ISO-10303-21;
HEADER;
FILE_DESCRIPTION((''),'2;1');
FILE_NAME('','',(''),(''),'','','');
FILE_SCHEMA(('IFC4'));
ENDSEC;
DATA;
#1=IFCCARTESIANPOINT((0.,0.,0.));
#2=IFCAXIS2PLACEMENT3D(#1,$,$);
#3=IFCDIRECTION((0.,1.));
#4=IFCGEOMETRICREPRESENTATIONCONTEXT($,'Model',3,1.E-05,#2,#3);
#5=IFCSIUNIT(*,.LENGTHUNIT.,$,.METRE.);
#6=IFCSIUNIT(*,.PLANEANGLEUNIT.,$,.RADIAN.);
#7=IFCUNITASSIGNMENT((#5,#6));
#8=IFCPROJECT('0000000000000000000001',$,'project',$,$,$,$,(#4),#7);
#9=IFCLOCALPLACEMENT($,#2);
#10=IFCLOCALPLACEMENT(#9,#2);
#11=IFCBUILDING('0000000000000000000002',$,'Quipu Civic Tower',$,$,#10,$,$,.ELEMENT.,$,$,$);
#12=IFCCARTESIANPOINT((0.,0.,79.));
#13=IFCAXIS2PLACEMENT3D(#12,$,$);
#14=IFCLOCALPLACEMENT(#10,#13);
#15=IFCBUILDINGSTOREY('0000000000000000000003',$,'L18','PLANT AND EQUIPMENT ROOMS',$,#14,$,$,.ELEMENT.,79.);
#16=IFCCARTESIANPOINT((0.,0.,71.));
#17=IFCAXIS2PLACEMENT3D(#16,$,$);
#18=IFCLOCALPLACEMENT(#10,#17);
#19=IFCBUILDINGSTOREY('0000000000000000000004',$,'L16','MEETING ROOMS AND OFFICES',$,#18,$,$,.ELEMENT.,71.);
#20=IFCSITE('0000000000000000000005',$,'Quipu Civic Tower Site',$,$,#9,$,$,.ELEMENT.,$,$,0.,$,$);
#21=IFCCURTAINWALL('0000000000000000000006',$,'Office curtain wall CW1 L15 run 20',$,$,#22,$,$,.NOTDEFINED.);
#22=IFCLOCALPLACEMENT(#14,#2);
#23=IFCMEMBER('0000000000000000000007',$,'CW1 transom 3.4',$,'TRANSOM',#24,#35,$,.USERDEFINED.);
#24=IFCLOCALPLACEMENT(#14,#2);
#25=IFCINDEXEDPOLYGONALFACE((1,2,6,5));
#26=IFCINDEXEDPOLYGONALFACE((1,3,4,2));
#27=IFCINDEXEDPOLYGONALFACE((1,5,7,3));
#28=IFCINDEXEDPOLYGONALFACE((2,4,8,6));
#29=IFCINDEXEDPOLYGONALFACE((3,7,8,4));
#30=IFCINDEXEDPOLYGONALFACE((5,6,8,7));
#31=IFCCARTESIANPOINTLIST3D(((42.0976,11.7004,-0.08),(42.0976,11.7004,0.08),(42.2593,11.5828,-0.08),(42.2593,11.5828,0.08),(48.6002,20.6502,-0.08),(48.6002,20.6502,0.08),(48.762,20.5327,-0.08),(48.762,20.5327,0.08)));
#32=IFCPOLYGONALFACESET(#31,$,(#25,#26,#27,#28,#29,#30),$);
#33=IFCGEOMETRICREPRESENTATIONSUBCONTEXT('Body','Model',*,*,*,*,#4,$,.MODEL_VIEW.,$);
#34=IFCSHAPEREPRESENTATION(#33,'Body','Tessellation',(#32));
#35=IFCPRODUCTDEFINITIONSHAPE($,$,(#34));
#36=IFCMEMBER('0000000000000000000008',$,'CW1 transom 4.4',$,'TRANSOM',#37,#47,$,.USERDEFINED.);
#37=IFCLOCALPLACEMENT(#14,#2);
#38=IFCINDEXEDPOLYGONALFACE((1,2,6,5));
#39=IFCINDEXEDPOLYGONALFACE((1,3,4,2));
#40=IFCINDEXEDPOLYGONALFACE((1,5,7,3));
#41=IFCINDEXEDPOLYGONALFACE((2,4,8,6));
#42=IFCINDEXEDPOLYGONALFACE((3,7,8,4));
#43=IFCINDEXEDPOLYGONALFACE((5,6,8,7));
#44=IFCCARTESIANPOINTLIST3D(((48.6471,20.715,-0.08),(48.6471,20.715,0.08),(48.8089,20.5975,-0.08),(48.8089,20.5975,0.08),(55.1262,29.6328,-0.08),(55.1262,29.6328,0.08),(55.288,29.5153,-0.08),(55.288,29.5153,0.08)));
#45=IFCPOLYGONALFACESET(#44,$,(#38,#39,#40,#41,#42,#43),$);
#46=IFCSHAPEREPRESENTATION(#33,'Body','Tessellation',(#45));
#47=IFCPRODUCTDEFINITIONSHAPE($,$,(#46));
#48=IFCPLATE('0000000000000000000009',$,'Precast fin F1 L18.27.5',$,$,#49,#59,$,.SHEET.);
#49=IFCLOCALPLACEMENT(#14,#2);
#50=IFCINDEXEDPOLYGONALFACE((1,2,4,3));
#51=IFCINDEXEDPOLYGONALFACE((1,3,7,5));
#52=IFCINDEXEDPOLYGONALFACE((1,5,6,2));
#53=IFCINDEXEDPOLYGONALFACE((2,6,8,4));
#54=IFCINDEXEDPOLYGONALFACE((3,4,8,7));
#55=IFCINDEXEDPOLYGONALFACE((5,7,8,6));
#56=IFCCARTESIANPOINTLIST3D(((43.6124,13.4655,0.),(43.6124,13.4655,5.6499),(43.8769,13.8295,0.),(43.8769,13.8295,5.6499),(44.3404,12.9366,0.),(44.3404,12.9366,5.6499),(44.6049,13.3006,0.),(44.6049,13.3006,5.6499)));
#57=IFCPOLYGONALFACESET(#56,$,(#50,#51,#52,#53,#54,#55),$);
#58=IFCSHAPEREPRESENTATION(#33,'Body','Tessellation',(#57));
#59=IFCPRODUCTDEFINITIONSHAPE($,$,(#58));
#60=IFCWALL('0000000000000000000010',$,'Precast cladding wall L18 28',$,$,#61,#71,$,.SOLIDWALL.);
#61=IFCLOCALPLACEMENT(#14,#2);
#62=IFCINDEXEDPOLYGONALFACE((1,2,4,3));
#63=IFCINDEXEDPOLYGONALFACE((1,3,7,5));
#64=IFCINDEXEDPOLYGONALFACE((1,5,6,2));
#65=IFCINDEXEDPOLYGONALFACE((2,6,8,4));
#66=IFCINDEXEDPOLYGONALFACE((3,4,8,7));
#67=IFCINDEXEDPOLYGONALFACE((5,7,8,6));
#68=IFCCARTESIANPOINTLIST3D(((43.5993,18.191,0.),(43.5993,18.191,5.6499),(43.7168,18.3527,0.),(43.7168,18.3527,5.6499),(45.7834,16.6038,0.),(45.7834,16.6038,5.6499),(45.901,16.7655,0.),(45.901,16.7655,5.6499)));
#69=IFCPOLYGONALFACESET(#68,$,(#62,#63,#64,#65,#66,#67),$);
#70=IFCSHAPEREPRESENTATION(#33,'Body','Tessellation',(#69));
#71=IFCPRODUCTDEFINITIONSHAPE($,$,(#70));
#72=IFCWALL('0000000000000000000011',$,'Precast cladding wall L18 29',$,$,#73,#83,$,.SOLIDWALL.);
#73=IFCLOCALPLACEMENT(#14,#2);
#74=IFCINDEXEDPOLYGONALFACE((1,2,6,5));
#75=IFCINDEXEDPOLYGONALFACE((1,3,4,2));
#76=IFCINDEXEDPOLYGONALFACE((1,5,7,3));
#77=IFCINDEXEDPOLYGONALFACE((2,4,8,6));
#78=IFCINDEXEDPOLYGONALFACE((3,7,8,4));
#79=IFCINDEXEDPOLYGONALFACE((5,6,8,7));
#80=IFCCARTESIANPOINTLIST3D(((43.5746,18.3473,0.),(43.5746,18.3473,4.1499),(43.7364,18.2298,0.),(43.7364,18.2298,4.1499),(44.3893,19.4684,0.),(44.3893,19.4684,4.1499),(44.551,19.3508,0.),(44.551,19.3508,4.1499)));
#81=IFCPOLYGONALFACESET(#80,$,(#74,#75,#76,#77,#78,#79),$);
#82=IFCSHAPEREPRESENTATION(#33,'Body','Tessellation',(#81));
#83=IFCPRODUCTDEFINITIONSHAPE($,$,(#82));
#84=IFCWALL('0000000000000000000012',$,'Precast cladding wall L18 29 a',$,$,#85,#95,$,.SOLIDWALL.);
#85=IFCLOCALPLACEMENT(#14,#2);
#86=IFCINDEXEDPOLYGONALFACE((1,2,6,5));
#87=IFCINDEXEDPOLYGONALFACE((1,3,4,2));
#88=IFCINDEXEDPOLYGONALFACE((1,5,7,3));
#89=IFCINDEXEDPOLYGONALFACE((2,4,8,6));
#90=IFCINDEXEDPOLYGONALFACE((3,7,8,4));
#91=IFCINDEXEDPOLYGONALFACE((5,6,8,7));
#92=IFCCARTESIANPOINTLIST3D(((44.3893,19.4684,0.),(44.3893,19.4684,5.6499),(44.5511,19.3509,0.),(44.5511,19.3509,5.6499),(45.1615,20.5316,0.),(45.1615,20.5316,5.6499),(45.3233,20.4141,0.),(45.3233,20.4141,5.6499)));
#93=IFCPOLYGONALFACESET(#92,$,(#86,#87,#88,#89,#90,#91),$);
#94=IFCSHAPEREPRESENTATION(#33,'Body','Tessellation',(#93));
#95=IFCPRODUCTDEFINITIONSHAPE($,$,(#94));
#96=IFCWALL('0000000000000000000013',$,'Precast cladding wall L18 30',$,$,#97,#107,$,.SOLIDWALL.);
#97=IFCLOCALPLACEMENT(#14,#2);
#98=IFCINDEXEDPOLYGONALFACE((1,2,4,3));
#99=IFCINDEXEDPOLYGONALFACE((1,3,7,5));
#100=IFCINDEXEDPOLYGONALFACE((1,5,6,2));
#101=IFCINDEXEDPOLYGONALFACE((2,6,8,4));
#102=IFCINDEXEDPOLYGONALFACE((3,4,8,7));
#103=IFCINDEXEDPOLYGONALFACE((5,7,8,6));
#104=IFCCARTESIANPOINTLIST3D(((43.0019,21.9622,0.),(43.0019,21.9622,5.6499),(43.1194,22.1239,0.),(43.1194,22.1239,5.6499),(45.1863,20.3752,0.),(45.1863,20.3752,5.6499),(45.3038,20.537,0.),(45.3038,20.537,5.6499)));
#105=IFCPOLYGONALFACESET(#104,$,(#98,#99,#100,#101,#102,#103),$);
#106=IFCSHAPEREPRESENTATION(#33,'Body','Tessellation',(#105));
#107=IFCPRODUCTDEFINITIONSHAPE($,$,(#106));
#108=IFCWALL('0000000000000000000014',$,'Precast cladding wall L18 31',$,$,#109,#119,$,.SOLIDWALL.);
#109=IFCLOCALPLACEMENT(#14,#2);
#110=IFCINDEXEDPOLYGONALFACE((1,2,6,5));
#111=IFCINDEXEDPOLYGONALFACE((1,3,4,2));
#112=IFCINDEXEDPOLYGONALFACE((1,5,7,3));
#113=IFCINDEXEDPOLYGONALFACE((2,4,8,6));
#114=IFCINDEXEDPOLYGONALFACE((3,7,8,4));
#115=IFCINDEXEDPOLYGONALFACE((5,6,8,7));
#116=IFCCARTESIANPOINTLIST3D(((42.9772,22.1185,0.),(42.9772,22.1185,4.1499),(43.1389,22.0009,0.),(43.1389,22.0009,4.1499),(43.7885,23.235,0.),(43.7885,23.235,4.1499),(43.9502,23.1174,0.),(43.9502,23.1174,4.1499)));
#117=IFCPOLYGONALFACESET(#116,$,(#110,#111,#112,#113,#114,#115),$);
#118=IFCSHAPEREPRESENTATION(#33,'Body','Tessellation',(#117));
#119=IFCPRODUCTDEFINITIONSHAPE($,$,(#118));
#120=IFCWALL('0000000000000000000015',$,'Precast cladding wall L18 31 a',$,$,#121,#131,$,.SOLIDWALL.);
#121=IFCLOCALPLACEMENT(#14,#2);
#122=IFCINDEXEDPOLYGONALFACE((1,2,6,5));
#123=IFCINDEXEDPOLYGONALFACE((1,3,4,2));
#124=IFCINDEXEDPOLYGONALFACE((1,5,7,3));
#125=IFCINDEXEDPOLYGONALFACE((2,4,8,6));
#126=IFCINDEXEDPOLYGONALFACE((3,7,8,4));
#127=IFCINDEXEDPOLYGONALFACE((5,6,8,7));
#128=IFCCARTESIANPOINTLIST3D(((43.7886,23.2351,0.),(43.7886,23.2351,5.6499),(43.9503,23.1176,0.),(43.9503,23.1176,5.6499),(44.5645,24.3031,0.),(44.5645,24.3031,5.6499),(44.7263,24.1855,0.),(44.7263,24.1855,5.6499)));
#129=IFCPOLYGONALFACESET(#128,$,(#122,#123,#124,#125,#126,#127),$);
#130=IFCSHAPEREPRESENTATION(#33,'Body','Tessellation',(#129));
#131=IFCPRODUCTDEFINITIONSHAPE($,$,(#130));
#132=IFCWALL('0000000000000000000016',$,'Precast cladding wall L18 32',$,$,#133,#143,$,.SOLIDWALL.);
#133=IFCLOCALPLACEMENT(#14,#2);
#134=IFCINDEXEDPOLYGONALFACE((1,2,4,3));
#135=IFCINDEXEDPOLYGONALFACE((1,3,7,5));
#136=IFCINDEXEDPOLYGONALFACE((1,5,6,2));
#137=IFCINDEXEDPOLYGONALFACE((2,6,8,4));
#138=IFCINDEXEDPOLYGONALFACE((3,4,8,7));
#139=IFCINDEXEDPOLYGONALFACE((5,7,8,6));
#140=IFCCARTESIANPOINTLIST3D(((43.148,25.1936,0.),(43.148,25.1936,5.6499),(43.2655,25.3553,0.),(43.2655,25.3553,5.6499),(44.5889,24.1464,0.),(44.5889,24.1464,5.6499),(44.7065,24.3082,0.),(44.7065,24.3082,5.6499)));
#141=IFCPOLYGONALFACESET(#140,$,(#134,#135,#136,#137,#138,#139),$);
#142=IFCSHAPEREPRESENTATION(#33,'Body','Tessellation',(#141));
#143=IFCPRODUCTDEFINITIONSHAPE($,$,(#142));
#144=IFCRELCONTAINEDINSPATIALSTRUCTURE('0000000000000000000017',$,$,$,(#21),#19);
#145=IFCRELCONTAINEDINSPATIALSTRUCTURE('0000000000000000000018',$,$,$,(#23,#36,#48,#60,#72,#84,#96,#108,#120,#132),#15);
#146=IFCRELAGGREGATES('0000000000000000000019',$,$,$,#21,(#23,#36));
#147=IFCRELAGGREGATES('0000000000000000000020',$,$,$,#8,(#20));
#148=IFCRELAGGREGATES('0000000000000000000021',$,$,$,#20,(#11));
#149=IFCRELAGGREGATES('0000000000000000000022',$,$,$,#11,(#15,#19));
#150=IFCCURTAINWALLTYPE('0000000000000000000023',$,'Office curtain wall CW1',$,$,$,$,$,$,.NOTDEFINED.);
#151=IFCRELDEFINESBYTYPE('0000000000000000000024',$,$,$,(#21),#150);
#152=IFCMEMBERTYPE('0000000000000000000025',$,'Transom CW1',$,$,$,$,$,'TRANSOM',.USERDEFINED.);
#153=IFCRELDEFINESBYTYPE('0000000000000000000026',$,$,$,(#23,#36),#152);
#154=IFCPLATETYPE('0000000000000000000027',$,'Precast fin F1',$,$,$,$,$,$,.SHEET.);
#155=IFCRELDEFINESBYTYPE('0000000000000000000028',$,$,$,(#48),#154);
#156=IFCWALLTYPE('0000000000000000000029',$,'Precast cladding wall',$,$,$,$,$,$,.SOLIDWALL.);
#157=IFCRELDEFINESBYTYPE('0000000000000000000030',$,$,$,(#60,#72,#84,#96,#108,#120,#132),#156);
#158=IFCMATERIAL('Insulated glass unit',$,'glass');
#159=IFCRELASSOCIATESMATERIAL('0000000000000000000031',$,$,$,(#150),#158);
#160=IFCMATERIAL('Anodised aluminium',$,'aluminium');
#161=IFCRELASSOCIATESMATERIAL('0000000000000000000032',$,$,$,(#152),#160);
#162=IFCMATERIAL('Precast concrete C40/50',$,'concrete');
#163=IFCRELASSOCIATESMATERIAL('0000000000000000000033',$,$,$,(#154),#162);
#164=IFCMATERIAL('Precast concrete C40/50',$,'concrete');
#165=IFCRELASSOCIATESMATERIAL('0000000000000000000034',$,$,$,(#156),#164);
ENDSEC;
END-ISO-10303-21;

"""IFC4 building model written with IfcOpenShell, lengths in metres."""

from ifc_helpers import new_model, si_unit, direction, frame, frame_2d, origin, origin_2d, place, context, subcontext, project, spatial, rectangle, extrude, material, material_profile, profile_set, type_object, element, aggregate, save


model = new_model("IFC4")

# Units and contexts
model_context = context("Model", 3, precision=1e-05, world=origin(), true_north=direction((0.0, 1.0)))
body_context = subcontext(model_context, "Body", "Model", "MODEL_VIEW")
ifc_project = project(units=[si_unit("LENGTHUNIT", "METRE"), si_unit("PLANEANGLEUNIT", "RADIAN")], contexts=[model_context])

# Site, building, storey
site_placement = place(None, origin())
site = spatial("IfcSite", under=ifc_project, at=site_placement, Name="Quipu Civic Tower Site", CompositionType="ELEMENT", RefElevation=0.0)
building_placement = place(site_placement, origin())
building = spatial("IfcBuilding", under=site, at=building_placement, Name="Quipu Civic Tower", CompositionType="ELEMENT")
storey_1_placement = place(building_placement, frame((0.0, 0.0, 79.0)))
storey_1 = spatial("IfcBuildingStorey", under=building, at=storey_1_placement, Name="L18", Description="PLANT AND EQUIPMENT ROOMS", CompositionType="ELEMENT", Elevation=79.0)

# Shared definitions
storey_2_placement = place(building_placement, frame((0.0, 0.0, 71.0)))
storey_2 = spatial("IfcBuildingStorey", under=building, at=storey_2_placement, Name="L16", Description="MEETING ROOMS AND OFFICES", CompositionType="ELEMENT", Elevation=71.0)

# Curtain wall, members
ifc_material_1 = material(Name="Insulated glass unit", Category="glass")
curtain_wall_type = type_object("IfcCurtainWallType", Name="Office curtain wall CW1", PredefinedType="NOTDEFINED", material=ifc_material_1)
curtain_wall_placement = place(storey_2_placement, origin())
curtain_wall = element("IfcCurtainWall", 1, at=curtain_wall_placement, inside=storey_2, type_object=curtain_wall_type, Name="Office curtain wall CW1 L15 run 20", PredefinedType="NOTDEFINED")
ifc_material_2 = material(Name="Anodised aluminium", Category="aluminium")
ifc_material_profile_1 = material_profile(ifc_material_2, rectangle(XDim=0.2, YDim=0.1599, at=origin_2d()), Name="RECT 200x160")
ifc_profile_set_1 = profile_set([ifc_material_profile_1], Name="Anodised aluminium")
member_type_1 = type_object("IfcMemberType", Name="Transom CW1", ElementType="TRANSOM", PredefinedType="USERDEFINED", material=ifc_profile_set_1)
member_1_placement = place(storey_1_placement, frame((42.1785, 11.6416, 0.0), z_axis=(0.587795, 0.80901, 0.0), x_axis=(-0.80901, 0.587795, 0.0)))
member_1 = element("IfcMember", 2, at=member_1_placement, inside=storey_1, type_object=member_type_1, Name="CW1 transom 3.4", ObjectType="TRANSOM", PredefinedType="USERDEFINED", context=body_context, shape_type="SweptSolid", body=[
    extrude(rectangle(XDim=0.2, YDim=0.1599, at=origin_2d()), origin(), (0.0, 0.0, 1.0), 11.0627),
])
member_2_placement = place(storey_1_placement, frame((48.728, 20.6562, 0.0), z_axis=(0.587779, 0.809021, 0.0), x_axis=(-0.809021, 0.587779, 0.0)))
member_2 = element("IfcMember", 3, at=member_2_placement, inside=storey_1, type_object=member_type_1, Name="CW1 transom 4.4", ObjectType="TRANSOM", PredefinedType="USERDEFINED", context=body_context, shape_type="SweptSolid", body=[
    extrude(rectangle(XDim=0.2, YDim=0.1599, at=origin_2d()), origin(), (0.0, 0.0, 1.0), 11.0229),
])
aggregate(curtain_wall, [member_1, member_2])

# Plate
ifc_material_3 = material(Name="Precast concrete C40/50", Category="concrete")
plate_type = type_object("IfcPlateType", Name="Precast fin F1", PredefinedType="SHEET", material=ifc_material_3)
plate_placement = place(storey_1_placement, frame((44.1086, 13.3831, 0.0), z_axis=(0.0, 0.0, 1.0), x_axis=(0.587786, 0.809017, 0.0)))
element("IfcPlate", 4, at=plate_placement, inside=storey_1, type_object=plate_type, Name="Precast fin F1 L18.27.5", PredefinedType="SHEET", context=body_context, shape_type="SweptSolid", body=[
    extrude(rectangle(XDim=0.45, YDim=0.8999, at=origin_2d()), origin(), (0.0, 0.0, 1.0), 5.6499),
])

# Walls
ifc_material_4 = material(Name="Precast concrete C40/50", Category="concrete")
wall_type = type_object("IfcWallType", Name="Precast cladding wall", PredefinedType="SOLIDWALL", material=ifc_material_4)
wall_1_placement = place(storey_1_placement, frame((45.8423, 16.6846, 0.0), z_axis=(0.0, 0.0, 1.0), x_axis=(-0.808959, 0.587865, 0.0)))
element("IfcWall", 5, at=wall_1_placement, inside=storey_1, type_object=wall_type, Name="Precast cladding wall L18 28", PredefinedType="SOLIDWALL", context=body_context, shape_type="SweptSolid", body=[
    extrude(rectangle(XDim=2.7, YDim=0.2, at=frame_2d((1.3501, 0.0))), origin(), (0.0, 0.0, 1.0), 5.6499),
])
wall_2_placement = place(storey_1_placement, frame((43.6555, 18.2886, 0.0), z_axis=(0.0, 0.0, 1.0), x_axis=(0.587868, 0.808957, 0.0)))
element("IfcWall", 6, at=wall_2_placement, inside=storey_1, type_object=wall_type, Name="Precast cladding wall L18 29", PredefinedType="SOLIDWALL", context=body_context, shape_type="SweptSolid", body=[
    extrude(rectangle(XDim=1.3857, YDim=0.2, at=frame_2d((0.6929, 0.0))), origin(), (0.0, 0.0, 1.0), 4.1499),
])
wall_3_placement = place(storey_1_placement, frame((44.4702, 19.4097, 0.0), z_axis=(0.0, 0.0, 1.0), x_axis=(0.587652, 0.809114, 0.0)))
element("IfcWall", 7, at=wall_3_placement, inside=storey_1, type_object=wall_type, Name="Precast cladding wall L18 29 a", PredefinedType="SOLIDWALL", context=body_context, shape_type="SweptSolid", body=[
    extrude(rectangle(XDim=1.314, YDim=0.2, at=frame_2d((0.657, 0.0))), origin(), (0.0, 0.0, 1.0), 5.6499),
])
wall_4_placement = place(storey_1_placement, frame((45.2451, 20.4561, 0.0), z_axis=(0.0, 0.0, 1.0), x_axis=(-0.809033, 0.587763, 0.0)))
element("IfcWall", 8, at=wall_4_placement, inside=storey_1, type_object=wall_type, Name="Precast cladding wall L18 30", PredefinedType="SOLIDWALL", context=body_context, shape_type="SweptSolid", body=[
    extrude(rectangle(XDim=2.7, YDim=0.2, at=frame_2d((1.3501, 0.0))), origin(), (0.0, 0.0, 1.0), 5.6499),
])
wall_5_placement = place(storey_1_placement, frame((43.0581, 22.0598, 0.0), z_axis=(0.0, 0.0, 1.0), x_axis=(0.587846, 0.808973, 0.0)))
element("IfcWall", 9, at=wall_5_placement, inside=storey_1, type_object=wall_type, Name="Precast cladding wall L18 31", PredefinedType="SOLIDWALL", context=body_context, shape_type="SweptSolid", body=[
    extrude(rectangle(XDim=1.3801, YDim=0.2, at=frame_2d((0.6899, 0.0))), origin(), (0.0, 0.0, 1.0), 4.1499),
])
wall_6_placement = place(storey_1_placement, frame((43.8694, 23.1763, 0.0), z_axis=(0.0, 0.0, 1.0), x_axis=(0.587798, 0.809008, 0.0)))
element("IfcWall", 10, at=wall_6_placement, inside=storey_1, type_object=wall_type, Name="Precast cladding wall L18 31 a", PredefinedType="SOLIDWALL", context=body_context, shape_type="SweptSolid", body=[
    extrude(rectangle(XDim=1.3201, YDim=0.2, at=frame_2d((0.6602, 0.0))), origin(), (0.0, 0.0, 1.0), 5.6499),
])
wall_7_placement = place(storey_1_placement, frame((44.6477, 24.2273, 0.0), z_axis=(0.0, 0.0, 1.0), x_axis=(-0.808955, 0.58787, 0.0)))
element("IfcWall", 11, at=wall_7_placement, inside=storey_1, type_object=wall_type, Name="Precast cladding wall L18 32", PredefinedType="SOLIDWALL", context=body_context, shape_type="SweptSolid", body=[
    extrude(rectangle(XDim=1.7812, YDim=0.2, at=frame_2d((0.8906, 0.0))), origin(), (0.0, 0.0, 1.0), 5.6499),
])

save(model, "model.ifc")
